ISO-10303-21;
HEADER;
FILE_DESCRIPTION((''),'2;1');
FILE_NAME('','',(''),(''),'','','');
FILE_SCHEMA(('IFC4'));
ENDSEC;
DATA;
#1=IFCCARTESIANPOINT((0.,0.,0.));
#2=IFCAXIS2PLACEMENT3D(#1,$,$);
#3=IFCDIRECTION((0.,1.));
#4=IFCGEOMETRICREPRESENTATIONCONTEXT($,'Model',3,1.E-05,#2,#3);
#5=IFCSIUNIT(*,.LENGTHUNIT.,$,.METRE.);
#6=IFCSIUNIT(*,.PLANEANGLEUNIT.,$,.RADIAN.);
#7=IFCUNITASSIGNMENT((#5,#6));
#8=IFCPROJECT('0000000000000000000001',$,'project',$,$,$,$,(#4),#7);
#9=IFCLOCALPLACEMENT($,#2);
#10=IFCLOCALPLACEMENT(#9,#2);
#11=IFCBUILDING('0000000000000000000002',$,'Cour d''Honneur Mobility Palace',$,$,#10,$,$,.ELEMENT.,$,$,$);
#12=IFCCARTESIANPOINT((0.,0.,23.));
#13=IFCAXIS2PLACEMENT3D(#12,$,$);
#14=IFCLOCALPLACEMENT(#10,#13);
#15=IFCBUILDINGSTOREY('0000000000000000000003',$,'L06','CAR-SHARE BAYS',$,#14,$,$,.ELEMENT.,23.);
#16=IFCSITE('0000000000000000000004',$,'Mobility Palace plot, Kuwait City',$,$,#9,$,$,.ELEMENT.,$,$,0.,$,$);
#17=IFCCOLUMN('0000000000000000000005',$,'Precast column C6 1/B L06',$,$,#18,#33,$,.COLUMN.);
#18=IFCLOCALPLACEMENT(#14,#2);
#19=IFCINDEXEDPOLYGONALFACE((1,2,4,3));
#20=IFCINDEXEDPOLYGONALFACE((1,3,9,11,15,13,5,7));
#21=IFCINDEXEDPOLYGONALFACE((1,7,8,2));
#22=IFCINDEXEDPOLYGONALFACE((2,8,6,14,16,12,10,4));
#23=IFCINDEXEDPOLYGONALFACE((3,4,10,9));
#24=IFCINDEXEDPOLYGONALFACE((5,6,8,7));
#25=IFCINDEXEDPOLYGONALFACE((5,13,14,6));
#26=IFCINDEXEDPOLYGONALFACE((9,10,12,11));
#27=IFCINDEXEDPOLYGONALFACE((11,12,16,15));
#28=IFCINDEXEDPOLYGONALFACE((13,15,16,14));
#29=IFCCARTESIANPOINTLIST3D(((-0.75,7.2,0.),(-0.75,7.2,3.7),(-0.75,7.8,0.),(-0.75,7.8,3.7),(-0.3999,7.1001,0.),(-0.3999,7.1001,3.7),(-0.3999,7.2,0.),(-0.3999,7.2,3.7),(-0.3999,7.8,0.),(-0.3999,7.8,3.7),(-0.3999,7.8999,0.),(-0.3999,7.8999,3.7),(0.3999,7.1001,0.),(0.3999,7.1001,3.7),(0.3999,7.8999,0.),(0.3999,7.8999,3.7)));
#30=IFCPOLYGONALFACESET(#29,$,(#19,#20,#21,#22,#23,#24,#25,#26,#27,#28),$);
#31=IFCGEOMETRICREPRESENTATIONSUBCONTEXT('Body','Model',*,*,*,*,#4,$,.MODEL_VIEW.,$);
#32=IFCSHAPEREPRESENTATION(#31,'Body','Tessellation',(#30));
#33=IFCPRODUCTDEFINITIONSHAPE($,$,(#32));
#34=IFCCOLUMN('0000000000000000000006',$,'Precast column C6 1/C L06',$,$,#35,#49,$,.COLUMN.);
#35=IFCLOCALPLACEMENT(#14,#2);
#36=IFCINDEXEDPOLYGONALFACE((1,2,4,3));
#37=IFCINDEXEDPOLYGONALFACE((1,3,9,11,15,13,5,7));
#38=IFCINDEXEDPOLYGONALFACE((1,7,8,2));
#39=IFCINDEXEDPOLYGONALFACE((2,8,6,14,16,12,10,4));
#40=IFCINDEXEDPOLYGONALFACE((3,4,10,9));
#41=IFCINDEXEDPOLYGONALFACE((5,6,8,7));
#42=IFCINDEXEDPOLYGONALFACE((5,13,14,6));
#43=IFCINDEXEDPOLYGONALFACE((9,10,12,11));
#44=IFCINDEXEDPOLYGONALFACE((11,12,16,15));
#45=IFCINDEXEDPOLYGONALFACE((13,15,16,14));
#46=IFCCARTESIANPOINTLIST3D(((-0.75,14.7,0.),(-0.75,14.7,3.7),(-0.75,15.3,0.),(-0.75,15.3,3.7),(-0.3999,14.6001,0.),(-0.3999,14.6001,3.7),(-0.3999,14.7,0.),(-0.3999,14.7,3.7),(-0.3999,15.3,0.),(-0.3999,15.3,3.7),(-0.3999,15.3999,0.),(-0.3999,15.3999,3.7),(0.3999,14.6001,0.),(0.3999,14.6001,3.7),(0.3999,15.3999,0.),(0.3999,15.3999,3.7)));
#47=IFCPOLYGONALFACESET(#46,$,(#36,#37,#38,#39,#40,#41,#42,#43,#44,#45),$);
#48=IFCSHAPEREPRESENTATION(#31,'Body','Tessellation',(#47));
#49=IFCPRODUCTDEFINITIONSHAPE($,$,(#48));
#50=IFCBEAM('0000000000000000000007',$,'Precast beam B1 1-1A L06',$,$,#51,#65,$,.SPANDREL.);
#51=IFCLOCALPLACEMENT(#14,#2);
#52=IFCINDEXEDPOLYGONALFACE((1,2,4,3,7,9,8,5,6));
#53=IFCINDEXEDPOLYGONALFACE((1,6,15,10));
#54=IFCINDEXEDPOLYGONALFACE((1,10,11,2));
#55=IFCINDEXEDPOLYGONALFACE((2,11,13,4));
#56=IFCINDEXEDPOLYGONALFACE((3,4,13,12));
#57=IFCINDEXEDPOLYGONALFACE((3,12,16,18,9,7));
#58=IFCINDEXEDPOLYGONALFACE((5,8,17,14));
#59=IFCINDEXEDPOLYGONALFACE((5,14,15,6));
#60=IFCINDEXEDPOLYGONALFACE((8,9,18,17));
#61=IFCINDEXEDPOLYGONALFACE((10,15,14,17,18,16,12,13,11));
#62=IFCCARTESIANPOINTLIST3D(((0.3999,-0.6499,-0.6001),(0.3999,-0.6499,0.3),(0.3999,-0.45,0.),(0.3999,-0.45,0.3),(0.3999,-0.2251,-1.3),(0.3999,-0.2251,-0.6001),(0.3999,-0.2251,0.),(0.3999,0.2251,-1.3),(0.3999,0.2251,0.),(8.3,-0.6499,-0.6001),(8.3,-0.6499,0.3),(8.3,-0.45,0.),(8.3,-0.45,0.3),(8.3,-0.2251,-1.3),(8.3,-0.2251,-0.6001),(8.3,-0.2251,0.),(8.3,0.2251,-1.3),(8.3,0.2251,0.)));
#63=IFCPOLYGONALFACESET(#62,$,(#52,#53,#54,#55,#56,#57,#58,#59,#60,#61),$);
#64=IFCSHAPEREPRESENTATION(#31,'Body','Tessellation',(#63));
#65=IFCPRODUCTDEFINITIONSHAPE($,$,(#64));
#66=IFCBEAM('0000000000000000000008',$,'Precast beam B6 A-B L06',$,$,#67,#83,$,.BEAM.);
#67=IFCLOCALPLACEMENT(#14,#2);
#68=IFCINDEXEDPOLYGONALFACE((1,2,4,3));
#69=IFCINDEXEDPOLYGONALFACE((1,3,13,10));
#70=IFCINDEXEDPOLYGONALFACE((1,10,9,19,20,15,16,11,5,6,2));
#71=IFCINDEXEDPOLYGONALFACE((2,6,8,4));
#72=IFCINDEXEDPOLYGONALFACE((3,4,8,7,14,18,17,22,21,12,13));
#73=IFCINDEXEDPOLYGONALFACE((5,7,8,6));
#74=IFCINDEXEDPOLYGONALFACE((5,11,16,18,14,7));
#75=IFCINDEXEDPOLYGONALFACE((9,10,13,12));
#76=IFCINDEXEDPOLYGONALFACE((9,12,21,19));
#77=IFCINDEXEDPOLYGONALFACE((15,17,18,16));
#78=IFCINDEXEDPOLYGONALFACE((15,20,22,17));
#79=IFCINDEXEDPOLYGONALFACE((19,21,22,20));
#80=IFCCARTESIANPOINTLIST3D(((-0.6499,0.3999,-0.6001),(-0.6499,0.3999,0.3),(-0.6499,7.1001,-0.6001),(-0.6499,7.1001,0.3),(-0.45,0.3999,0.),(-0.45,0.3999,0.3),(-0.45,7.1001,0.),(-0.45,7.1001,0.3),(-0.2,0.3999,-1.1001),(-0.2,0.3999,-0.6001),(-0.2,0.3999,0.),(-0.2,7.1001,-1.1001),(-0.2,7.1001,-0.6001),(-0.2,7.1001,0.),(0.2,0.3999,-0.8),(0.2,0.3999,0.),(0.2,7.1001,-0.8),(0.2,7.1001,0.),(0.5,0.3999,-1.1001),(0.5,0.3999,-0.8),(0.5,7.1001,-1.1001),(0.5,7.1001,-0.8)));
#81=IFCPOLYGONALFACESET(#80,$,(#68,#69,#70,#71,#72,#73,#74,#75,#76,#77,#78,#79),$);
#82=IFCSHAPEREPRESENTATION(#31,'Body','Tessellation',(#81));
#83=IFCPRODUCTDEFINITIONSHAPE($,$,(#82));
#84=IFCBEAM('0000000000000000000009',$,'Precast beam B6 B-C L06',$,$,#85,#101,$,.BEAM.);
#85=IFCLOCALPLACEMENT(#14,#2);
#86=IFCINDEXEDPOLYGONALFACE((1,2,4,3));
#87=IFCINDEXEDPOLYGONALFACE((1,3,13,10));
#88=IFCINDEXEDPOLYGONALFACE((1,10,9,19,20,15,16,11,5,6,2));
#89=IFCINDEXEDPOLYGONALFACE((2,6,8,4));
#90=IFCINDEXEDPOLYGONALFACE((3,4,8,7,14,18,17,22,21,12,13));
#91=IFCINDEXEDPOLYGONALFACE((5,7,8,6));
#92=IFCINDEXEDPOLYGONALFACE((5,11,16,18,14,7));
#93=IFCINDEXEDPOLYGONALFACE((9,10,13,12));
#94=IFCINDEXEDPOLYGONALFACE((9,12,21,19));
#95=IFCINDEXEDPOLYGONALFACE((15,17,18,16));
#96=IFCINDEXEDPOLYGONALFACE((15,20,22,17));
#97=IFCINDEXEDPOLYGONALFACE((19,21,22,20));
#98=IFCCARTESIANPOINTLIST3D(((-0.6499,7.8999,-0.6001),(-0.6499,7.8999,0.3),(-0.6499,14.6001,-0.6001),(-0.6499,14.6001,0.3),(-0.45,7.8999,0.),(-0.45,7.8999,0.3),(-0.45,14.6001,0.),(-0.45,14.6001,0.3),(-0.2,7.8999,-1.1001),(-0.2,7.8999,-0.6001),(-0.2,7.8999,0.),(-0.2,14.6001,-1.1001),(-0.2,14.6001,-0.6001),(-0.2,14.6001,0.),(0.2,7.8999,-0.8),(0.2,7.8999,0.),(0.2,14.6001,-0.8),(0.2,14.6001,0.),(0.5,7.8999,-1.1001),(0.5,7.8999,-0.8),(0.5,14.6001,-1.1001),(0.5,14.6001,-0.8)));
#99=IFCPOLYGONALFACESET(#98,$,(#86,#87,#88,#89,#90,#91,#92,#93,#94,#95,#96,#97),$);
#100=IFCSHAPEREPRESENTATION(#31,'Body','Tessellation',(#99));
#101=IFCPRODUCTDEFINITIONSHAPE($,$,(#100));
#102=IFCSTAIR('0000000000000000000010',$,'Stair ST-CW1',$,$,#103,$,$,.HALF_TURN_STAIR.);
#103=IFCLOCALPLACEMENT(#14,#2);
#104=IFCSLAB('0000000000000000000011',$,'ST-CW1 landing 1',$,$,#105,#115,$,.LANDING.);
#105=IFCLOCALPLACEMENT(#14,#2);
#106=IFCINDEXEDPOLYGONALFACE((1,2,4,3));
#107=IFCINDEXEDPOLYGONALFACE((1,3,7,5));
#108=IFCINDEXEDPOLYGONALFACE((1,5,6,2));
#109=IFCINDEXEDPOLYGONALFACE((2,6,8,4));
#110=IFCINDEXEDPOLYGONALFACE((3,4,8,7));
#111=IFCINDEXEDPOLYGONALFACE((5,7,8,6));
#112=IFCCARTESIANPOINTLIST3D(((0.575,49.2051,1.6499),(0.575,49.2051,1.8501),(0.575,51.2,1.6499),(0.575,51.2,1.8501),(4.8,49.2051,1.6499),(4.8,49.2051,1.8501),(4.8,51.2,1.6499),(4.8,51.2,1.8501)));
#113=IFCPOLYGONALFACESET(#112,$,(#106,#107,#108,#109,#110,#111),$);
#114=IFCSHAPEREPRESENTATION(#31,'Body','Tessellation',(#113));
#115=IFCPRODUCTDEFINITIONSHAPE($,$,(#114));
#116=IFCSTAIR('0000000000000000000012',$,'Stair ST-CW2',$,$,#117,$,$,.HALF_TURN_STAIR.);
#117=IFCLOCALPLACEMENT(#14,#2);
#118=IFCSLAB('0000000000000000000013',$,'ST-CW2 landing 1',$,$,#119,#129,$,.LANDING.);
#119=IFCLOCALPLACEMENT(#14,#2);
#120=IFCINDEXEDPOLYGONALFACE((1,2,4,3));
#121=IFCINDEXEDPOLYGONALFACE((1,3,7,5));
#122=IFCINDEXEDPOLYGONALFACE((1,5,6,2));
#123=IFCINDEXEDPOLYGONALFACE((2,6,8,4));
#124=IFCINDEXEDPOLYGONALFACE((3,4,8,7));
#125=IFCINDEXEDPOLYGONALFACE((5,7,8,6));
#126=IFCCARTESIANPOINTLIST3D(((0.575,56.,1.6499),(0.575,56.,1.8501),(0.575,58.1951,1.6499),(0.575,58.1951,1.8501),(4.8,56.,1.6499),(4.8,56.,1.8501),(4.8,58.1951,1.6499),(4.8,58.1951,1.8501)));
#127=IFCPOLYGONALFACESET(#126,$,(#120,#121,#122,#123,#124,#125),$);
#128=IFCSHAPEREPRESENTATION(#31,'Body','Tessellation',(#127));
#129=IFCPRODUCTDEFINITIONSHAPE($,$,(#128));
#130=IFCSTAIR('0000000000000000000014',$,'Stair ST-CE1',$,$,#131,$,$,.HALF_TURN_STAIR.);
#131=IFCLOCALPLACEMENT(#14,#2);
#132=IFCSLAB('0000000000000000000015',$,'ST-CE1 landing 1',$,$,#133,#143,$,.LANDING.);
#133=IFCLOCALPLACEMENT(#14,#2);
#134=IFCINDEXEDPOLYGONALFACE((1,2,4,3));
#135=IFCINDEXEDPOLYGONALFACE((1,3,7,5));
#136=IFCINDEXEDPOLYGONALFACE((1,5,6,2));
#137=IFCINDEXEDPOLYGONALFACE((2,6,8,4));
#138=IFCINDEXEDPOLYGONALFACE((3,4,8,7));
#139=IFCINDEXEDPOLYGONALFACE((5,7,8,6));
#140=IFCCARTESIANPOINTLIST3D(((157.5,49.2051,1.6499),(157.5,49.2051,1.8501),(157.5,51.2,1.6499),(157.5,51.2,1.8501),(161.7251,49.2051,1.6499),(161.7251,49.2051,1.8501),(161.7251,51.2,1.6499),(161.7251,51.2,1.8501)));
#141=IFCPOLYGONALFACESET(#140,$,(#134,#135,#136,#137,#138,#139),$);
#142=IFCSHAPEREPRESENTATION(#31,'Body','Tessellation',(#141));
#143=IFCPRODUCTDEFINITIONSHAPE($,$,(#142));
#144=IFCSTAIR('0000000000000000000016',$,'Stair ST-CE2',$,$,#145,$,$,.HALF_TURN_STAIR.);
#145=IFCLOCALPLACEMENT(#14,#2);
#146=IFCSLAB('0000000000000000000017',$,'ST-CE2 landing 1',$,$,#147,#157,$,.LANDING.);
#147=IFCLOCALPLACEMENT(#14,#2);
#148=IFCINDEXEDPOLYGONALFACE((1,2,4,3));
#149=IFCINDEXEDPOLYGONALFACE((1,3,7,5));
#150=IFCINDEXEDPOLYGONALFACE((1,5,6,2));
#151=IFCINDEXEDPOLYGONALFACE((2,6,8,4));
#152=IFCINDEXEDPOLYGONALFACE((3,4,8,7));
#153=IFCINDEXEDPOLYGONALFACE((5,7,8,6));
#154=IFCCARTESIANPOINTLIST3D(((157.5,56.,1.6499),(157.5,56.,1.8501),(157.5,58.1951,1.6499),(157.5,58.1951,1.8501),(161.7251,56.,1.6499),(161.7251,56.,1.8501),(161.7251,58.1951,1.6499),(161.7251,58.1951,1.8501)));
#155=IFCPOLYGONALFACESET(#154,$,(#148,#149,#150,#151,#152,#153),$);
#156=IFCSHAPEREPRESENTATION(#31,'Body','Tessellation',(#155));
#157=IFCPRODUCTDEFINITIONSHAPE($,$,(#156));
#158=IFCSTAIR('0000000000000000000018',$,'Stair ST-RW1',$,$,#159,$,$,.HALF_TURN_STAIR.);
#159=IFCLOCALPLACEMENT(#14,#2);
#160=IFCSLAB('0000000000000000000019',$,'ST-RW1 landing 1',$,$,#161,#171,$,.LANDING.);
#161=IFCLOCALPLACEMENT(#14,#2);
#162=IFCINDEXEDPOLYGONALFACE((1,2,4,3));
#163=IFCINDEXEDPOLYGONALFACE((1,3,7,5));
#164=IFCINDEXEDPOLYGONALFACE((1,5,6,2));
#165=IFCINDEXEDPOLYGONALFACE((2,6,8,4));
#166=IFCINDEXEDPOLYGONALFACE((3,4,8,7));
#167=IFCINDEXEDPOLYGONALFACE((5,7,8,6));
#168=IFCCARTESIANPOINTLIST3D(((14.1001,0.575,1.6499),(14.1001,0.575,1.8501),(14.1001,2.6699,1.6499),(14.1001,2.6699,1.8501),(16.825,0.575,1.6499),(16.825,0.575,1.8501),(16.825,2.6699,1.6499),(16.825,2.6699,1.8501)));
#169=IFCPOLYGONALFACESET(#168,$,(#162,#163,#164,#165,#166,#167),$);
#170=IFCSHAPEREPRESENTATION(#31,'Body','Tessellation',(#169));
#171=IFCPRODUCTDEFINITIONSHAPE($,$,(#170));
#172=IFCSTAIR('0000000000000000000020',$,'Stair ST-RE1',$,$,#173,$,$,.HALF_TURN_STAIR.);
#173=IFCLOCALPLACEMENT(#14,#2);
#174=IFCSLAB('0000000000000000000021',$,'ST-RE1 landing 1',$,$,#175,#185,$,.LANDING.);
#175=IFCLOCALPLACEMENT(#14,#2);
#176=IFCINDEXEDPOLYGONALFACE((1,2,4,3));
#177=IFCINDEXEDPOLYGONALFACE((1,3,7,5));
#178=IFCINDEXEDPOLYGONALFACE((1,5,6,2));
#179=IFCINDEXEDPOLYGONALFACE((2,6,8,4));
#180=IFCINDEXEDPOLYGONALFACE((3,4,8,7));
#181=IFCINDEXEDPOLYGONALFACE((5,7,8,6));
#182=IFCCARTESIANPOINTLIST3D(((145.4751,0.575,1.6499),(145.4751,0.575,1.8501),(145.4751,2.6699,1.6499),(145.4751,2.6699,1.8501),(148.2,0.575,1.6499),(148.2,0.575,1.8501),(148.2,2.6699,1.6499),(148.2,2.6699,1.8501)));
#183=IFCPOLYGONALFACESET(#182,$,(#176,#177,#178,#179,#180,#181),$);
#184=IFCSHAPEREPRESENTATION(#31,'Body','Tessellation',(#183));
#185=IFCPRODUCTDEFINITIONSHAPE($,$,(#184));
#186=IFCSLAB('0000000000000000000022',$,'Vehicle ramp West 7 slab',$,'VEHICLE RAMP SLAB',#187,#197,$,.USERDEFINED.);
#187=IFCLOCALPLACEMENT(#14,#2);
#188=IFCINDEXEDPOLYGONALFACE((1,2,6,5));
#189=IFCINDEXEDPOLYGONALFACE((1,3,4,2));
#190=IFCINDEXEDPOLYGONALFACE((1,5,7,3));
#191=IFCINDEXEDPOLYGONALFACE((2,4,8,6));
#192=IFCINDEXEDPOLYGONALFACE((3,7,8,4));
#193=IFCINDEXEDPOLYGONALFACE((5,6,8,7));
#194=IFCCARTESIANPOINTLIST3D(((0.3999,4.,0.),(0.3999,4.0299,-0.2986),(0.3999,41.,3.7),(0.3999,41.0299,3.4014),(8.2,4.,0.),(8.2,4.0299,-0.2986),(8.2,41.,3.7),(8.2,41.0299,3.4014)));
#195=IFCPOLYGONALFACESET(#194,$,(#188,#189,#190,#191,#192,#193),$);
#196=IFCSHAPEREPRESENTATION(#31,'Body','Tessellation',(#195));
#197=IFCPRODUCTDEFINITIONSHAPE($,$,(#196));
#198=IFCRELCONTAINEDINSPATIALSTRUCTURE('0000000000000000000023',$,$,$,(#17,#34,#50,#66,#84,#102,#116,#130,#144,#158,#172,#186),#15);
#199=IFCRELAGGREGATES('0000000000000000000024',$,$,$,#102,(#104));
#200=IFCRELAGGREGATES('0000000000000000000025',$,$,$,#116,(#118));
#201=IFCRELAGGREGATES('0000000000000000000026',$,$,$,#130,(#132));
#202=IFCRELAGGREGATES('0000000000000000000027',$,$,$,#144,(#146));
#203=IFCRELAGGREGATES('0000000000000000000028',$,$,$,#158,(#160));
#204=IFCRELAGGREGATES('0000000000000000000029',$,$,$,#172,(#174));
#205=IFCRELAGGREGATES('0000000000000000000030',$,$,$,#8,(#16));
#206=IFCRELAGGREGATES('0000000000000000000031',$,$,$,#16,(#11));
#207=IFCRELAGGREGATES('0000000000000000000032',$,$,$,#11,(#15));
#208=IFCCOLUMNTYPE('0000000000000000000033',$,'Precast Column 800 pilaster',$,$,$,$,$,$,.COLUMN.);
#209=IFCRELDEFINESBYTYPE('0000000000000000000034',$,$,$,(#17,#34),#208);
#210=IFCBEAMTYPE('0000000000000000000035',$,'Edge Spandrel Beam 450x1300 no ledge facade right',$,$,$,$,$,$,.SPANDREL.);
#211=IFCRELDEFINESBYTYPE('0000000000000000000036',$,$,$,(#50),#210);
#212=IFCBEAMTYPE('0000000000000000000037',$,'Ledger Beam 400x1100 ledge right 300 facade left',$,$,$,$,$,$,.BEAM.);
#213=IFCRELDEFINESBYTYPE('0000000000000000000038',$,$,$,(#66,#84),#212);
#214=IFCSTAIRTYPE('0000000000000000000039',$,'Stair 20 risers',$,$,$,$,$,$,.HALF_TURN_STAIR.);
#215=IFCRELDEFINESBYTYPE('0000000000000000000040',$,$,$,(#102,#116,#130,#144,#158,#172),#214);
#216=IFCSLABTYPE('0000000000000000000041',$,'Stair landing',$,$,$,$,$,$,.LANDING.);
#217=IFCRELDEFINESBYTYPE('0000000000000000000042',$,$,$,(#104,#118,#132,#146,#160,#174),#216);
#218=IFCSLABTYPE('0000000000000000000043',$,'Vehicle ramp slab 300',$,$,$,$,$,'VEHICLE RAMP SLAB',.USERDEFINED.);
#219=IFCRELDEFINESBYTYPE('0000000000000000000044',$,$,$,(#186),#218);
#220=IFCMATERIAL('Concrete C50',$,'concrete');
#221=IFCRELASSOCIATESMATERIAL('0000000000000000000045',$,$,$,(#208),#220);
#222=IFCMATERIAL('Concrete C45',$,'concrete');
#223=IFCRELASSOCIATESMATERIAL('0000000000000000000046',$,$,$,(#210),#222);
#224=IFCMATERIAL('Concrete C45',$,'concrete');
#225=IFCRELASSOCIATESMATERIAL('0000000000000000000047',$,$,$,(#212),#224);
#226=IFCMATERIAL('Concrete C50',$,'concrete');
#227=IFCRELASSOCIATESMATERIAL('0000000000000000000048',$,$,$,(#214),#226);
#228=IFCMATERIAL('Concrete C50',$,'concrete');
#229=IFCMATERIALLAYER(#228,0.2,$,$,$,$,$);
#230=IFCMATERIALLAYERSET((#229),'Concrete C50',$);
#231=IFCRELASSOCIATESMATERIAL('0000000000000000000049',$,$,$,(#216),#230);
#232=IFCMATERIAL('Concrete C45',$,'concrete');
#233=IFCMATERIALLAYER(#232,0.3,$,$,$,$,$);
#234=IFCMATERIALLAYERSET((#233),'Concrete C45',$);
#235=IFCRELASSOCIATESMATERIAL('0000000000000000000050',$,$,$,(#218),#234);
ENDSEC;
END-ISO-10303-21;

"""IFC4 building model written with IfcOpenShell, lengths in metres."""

from ifc_helpers import new_model, si_unit, direction, frame, origin, place, context, subcontext, project, spatial, polyline, outline, extrude, material, layer, layer_set, material_profile, profile_set, type_object, element, aggregate, save


model = new_model("IFC4")

# Units and contexts
model_context = context("Model", 3, precision=1e-05, world=origin(), true_north=direction((0.0, 1.0)))
body_context = subcontext(model_context, "Body", "Model", "MODEL_VIEW")
ifc_project = project(units=[si_unit("LENGTHUNIT", "METRE"), si_unit("PLANEANGLEUNIT", "RADIAN")], contexts=[model_context])

# Site, building, storey
site_placement = place(None, origin())
site = spatial("IfcSite", under=ifc_project, at=site_placement, Name="Mobility Palace plot, Kuwait City", CompositionType="ELEMENT", RefElevation=0.0)
building_placement = place(site_placement, origin())
building = spatial("IfcBuilding", under=site, at=building_placement, Name="Cour d'Honneur Mobility Palace", CompositionType="ELEMENT")
storey_placement = place(building_placement, frame((0.0, 0.0, 23.0)))
storey = spatial("IfcBuildingStorey", under=building, at=storey_placement, Name="L06", Description="CAR-SHARE BAYS", CompositionType="ELEMENT", Elevation=23.0)

# Columns
ifc_material_1 = material(Name="Concrete C50", Category="concrete")
ifc_material_profile_1 = material_profile(ifc_material_1, outline(polyline([(-0.3999, -0.3999), (0.3999, -0.3999), (0.3999, -0.3), (0.75, -0.3), (0.75, 0.3), (0.3999, 0.3), (0.3999, 0.3999), (-0.3999, 0.3999), (-0.3999, -0.3999)])), Name="PC C800 pilaster")
ifc_profile_set_1 = profile_set([ifc_material_profile_1], Name="Concrete C50")
column_type = type_object("IfcColumnType", Name="Precast Column 800 pilaster", PredefinedType="COLUMN", material=ifc_profile_set_1)
for number, where, z_axis, x_axis, name in (
    (1, (0.0, 7.5, 0.0), (0.0, 0.0, 1.0), (-1.0, 0.0, 0.0), "Precast column C6 1/B L06"),
    (2, (0.0, 15.0, 0.0), (0.0, 0.0, 1.0), (-1.0, 0.0, 0.0), "Precast column C6 1/C L06"),
):
    element("IfcColumn", number, at=place(storey_placement, frame(where, z_axis=z_axis, x_axis=x_axis)), inside=storey, type_object=column_type, Name=name, PredefinedType="COLUMN", context=body_context, shape_type="SweptSolid", body=[
        extrude(outline(polyline([(-0.3999, -0.3999), (0.3999, -0.3999), (0.3999, -0.3), (0.75, -0.3), (0.75, 0.3), (0.3999, 0.3), (0.3999, 0.3999), (-0.3999, 0.3999), (-0.3999, -0.3999)])), origin(), (0.0, 0.0, 1.0), 3.7),
    ])

# Beams
ifc_material_2 = material(Name="Concrete C45", Category="concrete")
ifc_material_profile_2 = material_profile(ifc_material_2, outline(polyline([(0.2251, -1.3), (0.2251, 0.0), (-0.2251, 0.0), (-0.45, 0.0), (-0.45, 0.3), (-0.6499, 0.3), (-0.6499, -0.6001), (-0.2251, -0.6001), (-0.2251, -1.3), (0.2251, -1.3)])), Name="Edge Spandrel Beam 450x1300 no ledge facade right")
ifc_profile_set_2 = profile_set([ifc_material_profile_2], Name="Concrete C45")
beam_type_1 = type_object("IfcBeamType", Name="Edge Spandrel Beam 450x1300 no ledge facade right", PredefinedType="SPANDREL", material=ifc_profile_set_2)
beam_placement = place(storey_placement, frame((0.3999, 0.0, 0.0), z_axis=(1.0, 0.0, 0.0), x_axis=(0.0, 1.0, 0.0)))
element("IfcBeam", 3, at=beam_placement, inside=storey, type_object=beam_type_1, Name="Precast beam B1 1-1A L06", PredefinedType="SPANDREL", context=body_context, shape_type="SweptSolid", body=[
    extrude(outline(polyline([(0.2251, -1.3), (0.2251, 0.0), (-0.2251, 0.0), (-0.45, 0.0), (-0.45, 0.3), (-0.6499, 0.3), (-0.6499, -0.6001), (-0.2251, -0.6001), (-0.2251, -1.3), (0.2251, -1.3)])), origin(), (0.0, 0.0, 1.0), 7.9001),
])
ifc_material_3 = material(Name="Concrete C45", Category="concrete")
ifc_material_profile_3 = material_profile(ifc_material_3, outline(polyline([(0.2, -1.1001), (0.2, -0.6001), (0.6499, -0.6001), (0.6499, 0.3), (0.45, 0.3), (0.45, 0.0), (0.2, 0.0), (-0.2, 0.0), (-0.2, -0.8), (-0.5, -0.8), (-0.5, -1.1001), (0.2, -1.1001)])), Name="Ledger Beam 400x1100 ledge right 300 facade left")
ifc_profile_set_3 = profile_set([ifc_material_profile_3], Name="Concrete C45")
beam_type_2 = type_object("IfcBeamType", Name="Ledger Beam 400x1100 ledge right 300 facade left", PredefinedType="BEAM", material=ifc_profile_set_3)
for number, where, z_axis, x_axis, name in (
    (4, (0.0, 0.3999, 0.0), (0.0, 1.0, 0.0), (-1.0, 0.0, 0.0), "Precast beam B6 A-B L06"),
    (5, (0.0, 7.8999, 0.0), (0.0, 1.0, 0.0), (-1.0, 0.0, 0.0), "Precast beam B6 B-C L06"),
):
    element("IfcBeam", number, at=place(storey_placement, frame(where, z_axis=z_axis, x_axis=x_axis)), inside=storey, type_object=beam_type_2, Name=name, PredefinedType="BEAM", context=body_context, shape_type="SweptSolid", body=[
        extrude(outline(polyline([(0.2, -1.1001), (0.2, -0.6001), (0.6499, -0.6001), (0.6499, 0.3), (0.45, 0.3), (0.45, 0.0), (0.2, 0.0), (-0.2, 0.0), (-0.2, -0.8), (-0.5, -0.8), (-0.5, -1.1001), (0.2, -1.1001)])), origin(), (0.0, 0.0, 1.0), 6.7002),
    ])

# Stairs, slabs
ifc_material_4 = material(Name="Concrete C50", Category="concrete")
stair_type = type_object("IfcStairType", Name="Stair 20 risers", PredefinedType="HALF_TURN_STAIR", material=ifc_material_4)
stair_1_placement = place(storey_placement, origin())
stair_1 = element("IfcStair", 6, at=stair_1_placement, inside=storey, type_object=stair_type, Name="Stair ST-CW1", PredefinedType="HALF_TURN_STAIR")
ifc_material_5 = material(Name="Concrete C50", Category="concrete")
ifc_layer_1 = layer(ifc_material_5, 0.2)
ifc_layer_set_1 = layer_set([ifc_layer_1], Name="Concrete C50")
slab_type_1 = type_object("IfcSlabType", Name="Stair landing", PredefinedType="LANDING", material=ifc_layer_set_1)
slab_1_placement = place(storey_placement, frame((0.0, 0.0, 1.6499)))
slab_1 = element("IfcSlab", 7, at=slab_1_placement, type_object=slab_type_1, Name="ST-CW1 landing 1", PredefinedType="LANDING", context=body_context, shape_type="SweptSolid", body=[
    extrude(outline(polyline([(0.575, 49.2051), (4.8, 49.2051), (4.8, 51.2), (0.575, 51.2), (0.575, 49.2051)])), origin(), (0.0, 0.0, 1.0), 0.2002),
])
aggregate(stair_1, [slab_1])
stair_2_placement = place(storey_placement, origin())
stair_2 = element("IfcStair", 8, at=stair_2_placement, inside=storey, type_object=stair_type, Name="Stair ST-CW2", PredefinedType="HALF_TURN_STAIR")
slab_2_placement = place(storey_placement, frame((0.0, 0.0, 1.6499)))
slab_2 = element("IfcSlab", 9, at=slab_2_placement, type_object=slab_type_1, Name="ST-CW2 landing 1", PredefinedType="LANDING", context=body_context, shape_type="SweptSolid", body=[
    extrude(outline(polyline([(0.575, 56.0), (4.8, 56.0), (4.8, 58.1951), (0.575, 58.1951), (0.575, 56.0)])), origin(), (0.0, 0.0, 1.0), 0.2002),
])
aggregate(stair_2, [slab_2])
stair_3_placement = place(storey_placement, origin())
stair_3 = element("IfcStair", 10, at=stair_3_placement, inside=storey, type_object=stair_type, Name="Stair ST-CE1", PredefinedType="HALF_TURN_STAIR")
slab_3_placement = place(storey_placement, frame((0.0, 0.0, 1.6499)))
slab_3 = element("IfcSlab", 11, at=slab_3_placement, type_object=slab_type_1, Name="ST-CE1 landing 1", PredefinedType="LANDING", context=body_context, shape_type="SweptSolid", body=[
    extrude(outline(polyline([(157.5, 49.2051), (161.7251, 49.2051), (161.7251, 51.2), (157.5, 51.2), (157.5, 49.2051)])), origin(), (0.0, 0.0, 1.0), 0.2002),
])
aggregate(stair_3, [slab_3])
stair_4_placement = place(storey_placement, origin())
stair_4 = element("IfcStair", 12, at=stair_4_placement, inside=storey, type_object=stair_type, Name="Stair ST-CE2", PredefinedType="HALF_TURN_STAIR")
slab_4_placement = place(storey_placement, frame((0.0, 0.0, 1.6499)))
slab_4 = element("IfcSlab", 13, at=slab_4_placement, type_object=slab_type_1, Name="ST-CE2 landing 1", PredefinedType="LANDING", context=body_context, shape_type="SweptSolid", body=[
    extrude(outline(polyline([(157.5, 56.0), (161.7251, 56.0), (161.7251, 58.1951), (157.5, 58.1951), (157.5, 56.0)])), origin(), (0.0, 0.0, 1.0), 0.2002),
])
aggregate(stair_4, [slab_4])
stair_5_placement = place(storey_placement, origin())
stair_5 = element("IfcStair", 14, at=stair_5_placement, inside=storey, type_object=stair_type, Name="Stair ST-RW1", PredefinedType="HALF_TURN_STAIR")
slab_5_placement = place(storey_placement, frame((0.0, 0.0, 1.6499)))
slab_5 = element("IfcSlab", 15, at=slab_5_placement, type_object=slab_type_1, Name="ST-RW1 landing 1", PredefinedType="LANDING", context=body_context, shape_type="SweptSolid", body=[
    extrude(outline(polyline([(14.1001, 0.575), (16.825, 0.575), (16.825, 2.6699), (14.1001, 2.6699), (14.1001, 0.575)])), origin(), (0.0, 0.0, 1.0), 0.2002),
])
aggregate(stair_5, [slab_5])
stair_6_placement = place(storey_placement, origin())
stair_6 = element("IfcStair", 16, at=stair_6_placement, inside=storey, type_object=stair_type, Name="Stair ST-RE1", PredefinedType="HALF_TURN_STAIR")
slab_6_placement = place(storey_placement, frame((0.0, 0.0, 1.6499)))
slab_6 = element("IfcSlab", 17, at=slab_6_placement, type_object=slab_type_1, Name="ST-RE1 landing 1", PredefinedType="LANDING", context=body_context, shape_type="SweptSolid", body=[
    extrude(outline(polyline([(145.4751, 0.575), (148.2, 0.575), (148.2, 2.6699), (145.4751, 2.6699), (145.4751, 0.575)])), origin(), (0.0, 0.0, 1.0), 0.2002),
])
aggregate(stair_6, [slab_6])

# Slab
ifc_material_6 = material(Name="Concrete C45", Category="concrete")
ifc_layer_2 = layer(ifc_material_6, 0.3)
ifc_layer_set_2 = layer_set([ifc_layer_2], Name="Concrete C45")
slab_type_2 = type_object("IfcSlabType", Name="Vehicle ramp slab 300", ElementType="VEHICLE RAMP SLAB", PredefinedType="USERDEFINED", material=ifc_layer_set_2)
slab_7_placement = place(storey_placement, frame((0.3999, 4.0, 0.0), z_axis=(0.0, -0.099502, 0.995037), x_axis=(1.0, 0.0, 0.0)))
element("IfcSlab", 18, at=slab_7_placement, inside=storey, type_object=slab_type_2, Name="Vehicle ramp West 7 slab", ObjectType="VEHICLE RAMP SLAB", PredefinedType="USERDEFINED", context=body_context, shape_type="SweptSolid", body=[
    extrude(outline(polyline([(0.0, 0.0), (7.8, 0.0), (7.8, 37.1845), (0.0, 37.1845), (0.0, 0.0)])), origin(), (0.0, 0.0, -1.0), 0.3),
])

save(model, "model.ifc")
